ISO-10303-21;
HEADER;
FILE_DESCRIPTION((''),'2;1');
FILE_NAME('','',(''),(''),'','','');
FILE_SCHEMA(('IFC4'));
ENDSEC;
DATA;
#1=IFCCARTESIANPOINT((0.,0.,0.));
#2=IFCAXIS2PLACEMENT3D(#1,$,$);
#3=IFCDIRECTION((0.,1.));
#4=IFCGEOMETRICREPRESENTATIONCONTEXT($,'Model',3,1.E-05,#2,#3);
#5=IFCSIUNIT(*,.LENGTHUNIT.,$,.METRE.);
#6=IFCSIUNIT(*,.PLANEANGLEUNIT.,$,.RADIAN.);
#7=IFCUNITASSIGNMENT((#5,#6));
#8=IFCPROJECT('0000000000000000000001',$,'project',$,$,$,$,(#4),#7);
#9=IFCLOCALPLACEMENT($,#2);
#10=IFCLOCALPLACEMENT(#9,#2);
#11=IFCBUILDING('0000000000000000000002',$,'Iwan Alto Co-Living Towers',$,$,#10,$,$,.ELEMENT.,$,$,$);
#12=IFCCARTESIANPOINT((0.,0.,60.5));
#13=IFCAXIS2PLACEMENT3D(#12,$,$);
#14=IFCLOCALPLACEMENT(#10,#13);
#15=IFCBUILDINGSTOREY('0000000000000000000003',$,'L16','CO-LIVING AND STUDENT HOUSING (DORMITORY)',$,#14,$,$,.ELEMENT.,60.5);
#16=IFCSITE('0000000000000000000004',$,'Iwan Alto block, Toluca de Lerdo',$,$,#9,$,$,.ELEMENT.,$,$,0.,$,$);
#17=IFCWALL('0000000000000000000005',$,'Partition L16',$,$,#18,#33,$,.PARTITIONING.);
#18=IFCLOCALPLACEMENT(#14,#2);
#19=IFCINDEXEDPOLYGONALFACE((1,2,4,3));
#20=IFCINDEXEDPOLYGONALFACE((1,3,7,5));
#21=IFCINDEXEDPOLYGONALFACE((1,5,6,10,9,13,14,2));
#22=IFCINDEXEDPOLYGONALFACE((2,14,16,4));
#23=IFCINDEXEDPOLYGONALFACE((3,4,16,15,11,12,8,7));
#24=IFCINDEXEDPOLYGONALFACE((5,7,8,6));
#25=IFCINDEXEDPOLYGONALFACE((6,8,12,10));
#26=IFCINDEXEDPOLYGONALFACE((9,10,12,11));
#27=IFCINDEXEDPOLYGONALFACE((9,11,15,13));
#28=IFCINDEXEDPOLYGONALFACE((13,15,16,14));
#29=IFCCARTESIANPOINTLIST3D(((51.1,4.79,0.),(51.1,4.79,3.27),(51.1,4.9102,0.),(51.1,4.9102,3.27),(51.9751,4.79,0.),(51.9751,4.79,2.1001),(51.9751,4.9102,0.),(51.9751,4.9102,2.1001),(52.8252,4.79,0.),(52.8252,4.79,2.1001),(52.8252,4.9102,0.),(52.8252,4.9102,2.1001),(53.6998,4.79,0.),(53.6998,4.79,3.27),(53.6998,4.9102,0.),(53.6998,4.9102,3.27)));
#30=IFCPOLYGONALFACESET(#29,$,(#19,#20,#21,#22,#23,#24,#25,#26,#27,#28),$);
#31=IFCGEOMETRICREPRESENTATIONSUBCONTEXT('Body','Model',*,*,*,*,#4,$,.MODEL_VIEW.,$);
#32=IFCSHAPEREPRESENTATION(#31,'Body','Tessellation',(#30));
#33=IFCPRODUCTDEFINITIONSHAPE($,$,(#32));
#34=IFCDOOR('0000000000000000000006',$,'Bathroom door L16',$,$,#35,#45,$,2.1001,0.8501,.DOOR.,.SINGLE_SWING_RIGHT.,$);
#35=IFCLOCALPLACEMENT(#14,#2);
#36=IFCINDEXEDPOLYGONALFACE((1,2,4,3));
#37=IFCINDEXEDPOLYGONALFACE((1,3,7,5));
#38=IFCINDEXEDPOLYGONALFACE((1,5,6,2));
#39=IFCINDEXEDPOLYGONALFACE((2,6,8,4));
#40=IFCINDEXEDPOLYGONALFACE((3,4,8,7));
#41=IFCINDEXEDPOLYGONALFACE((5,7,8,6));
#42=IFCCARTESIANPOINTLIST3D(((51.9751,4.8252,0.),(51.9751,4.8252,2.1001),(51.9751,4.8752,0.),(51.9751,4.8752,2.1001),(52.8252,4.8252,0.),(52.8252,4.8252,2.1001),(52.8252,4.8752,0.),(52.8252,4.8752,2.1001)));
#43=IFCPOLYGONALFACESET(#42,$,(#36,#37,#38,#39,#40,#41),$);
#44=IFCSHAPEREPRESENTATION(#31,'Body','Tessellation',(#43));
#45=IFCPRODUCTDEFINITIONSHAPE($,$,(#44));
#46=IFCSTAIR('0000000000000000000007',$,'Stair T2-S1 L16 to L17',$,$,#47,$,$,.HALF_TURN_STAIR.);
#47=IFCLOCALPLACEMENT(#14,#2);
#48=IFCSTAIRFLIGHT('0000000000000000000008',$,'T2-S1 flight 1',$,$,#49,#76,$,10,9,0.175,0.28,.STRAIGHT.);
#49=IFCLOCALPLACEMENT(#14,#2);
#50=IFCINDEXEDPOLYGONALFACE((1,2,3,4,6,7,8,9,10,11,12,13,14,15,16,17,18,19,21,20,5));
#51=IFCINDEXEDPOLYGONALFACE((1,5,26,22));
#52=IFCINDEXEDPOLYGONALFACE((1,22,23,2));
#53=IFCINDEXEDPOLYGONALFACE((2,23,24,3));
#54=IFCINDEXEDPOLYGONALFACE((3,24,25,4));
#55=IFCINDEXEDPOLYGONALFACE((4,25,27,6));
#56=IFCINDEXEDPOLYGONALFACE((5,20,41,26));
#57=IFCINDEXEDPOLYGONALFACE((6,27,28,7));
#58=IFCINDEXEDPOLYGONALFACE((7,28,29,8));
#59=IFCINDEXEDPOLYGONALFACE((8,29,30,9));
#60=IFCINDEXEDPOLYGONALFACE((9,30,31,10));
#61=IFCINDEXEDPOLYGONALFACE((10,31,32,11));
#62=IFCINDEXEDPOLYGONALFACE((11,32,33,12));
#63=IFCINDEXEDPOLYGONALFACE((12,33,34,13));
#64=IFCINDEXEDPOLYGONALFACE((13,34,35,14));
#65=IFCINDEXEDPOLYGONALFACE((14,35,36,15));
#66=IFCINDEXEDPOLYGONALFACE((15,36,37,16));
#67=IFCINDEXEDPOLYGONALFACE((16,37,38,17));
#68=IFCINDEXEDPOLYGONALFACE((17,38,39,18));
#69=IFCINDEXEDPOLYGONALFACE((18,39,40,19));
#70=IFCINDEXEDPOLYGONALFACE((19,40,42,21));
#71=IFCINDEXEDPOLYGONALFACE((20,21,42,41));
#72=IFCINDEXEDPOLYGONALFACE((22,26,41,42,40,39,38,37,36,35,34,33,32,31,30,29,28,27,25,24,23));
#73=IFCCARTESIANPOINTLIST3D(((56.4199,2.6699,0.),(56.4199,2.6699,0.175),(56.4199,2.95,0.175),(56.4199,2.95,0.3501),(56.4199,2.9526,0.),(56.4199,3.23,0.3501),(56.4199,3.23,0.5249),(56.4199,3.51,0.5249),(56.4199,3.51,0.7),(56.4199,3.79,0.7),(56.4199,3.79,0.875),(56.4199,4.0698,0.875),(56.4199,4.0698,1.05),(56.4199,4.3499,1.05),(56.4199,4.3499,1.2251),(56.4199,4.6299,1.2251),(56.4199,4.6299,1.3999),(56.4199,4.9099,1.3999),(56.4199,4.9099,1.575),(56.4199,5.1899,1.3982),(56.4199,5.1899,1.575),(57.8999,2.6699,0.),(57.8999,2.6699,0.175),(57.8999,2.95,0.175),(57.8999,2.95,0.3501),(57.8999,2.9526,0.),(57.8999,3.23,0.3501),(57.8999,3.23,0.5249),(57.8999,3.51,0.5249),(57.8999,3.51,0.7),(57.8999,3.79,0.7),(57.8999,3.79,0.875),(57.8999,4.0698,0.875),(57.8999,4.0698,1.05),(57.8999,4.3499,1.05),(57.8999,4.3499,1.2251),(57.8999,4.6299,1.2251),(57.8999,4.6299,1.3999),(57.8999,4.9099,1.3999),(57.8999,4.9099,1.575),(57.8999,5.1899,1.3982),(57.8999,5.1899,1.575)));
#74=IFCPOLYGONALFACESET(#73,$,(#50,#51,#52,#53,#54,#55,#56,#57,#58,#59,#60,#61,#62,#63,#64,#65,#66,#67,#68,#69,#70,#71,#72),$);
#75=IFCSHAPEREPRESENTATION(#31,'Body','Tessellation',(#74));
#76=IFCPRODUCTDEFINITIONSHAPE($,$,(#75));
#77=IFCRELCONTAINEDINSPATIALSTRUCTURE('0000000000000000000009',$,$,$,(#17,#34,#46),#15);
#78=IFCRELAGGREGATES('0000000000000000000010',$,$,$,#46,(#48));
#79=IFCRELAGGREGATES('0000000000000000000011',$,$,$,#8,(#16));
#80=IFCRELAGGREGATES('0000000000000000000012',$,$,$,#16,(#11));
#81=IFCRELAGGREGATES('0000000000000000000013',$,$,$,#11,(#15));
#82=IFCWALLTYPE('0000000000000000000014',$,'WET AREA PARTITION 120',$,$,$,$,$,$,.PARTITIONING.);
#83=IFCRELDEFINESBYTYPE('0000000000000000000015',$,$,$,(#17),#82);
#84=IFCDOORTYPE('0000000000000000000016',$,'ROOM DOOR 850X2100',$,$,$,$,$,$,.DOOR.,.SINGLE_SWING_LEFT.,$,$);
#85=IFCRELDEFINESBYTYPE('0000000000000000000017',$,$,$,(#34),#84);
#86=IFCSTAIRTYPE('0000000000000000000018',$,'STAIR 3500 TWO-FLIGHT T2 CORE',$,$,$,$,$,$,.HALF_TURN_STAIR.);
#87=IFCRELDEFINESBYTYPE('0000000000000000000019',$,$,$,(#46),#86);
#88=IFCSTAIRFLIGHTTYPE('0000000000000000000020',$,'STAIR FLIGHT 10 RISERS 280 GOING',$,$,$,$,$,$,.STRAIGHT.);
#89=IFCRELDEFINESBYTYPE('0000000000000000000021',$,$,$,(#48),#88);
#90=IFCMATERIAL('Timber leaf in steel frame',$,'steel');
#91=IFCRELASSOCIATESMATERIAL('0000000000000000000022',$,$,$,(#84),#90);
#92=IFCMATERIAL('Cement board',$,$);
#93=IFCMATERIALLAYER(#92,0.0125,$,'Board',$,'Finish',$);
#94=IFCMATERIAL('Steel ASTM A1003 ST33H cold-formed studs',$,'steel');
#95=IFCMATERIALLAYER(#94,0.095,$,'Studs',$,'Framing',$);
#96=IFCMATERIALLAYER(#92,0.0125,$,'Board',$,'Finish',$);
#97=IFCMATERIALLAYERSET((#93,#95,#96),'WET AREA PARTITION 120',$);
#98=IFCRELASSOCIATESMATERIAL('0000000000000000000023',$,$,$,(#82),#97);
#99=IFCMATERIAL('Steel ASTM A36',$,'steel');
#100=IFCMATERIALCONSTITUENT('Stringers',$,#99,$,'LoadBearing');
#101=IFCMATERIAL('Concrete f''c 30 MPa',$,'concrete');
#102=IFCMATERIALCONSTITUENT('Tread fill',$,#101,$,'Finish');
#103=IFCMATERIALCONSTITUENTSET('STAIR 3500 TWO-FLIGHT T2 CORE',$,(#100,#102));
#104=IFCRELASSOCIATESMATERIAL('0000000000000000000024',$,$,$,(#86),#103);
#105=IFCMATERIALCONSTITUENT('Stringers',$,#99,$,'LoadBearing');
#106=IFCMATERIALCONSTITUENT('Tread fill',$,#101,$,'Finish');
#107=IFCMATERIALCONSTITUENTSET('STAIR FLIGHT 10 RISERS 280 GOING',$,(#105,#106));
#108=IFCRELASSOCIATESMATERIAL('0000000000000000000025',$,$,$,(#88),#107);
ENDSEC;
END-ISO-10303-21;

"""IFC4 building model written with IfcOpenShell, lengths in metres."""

from ifc_helpers import new_model, si_unit, direction, frame, frame_2d, origin, place, context, subcontext, project, spatial, polyline, rectangle, outline, extrude, material, layer, layer_set, constituent, constituent_set, type_object, element, fill, aggregate, save


model = new_model("IFC4")

# Units and contexts
model_context = context("Model", 3, precision=1e-05, world=origin(), true_north=direction((0.0, 1.0)))
body_context = subcontext(model_context, "Body", "Model", "MODEL_VIEW")
ifc_project = project(units=[si_unit("LENGTHUNIT", "METRE"), si_unit("PLANEANGLEUNIT", "RADIAN")], contexts=[model_context])

# Site, building, storey
site_placement = place(None, origin())
site = spatial("IfcSite", under=ifc_project, at=site_placement, Name="Iwan Alto block, Toluca de Lerdo", CompositionType="ELEMENT", RefElevation=0.0)
building_placement = place(site_placement, origin())
building = spatial("IfcBuilding", under=site, at=building_placement, Name="Iwan Alto Co-Living Towers", CompositionType="ELEMENT")
storey_placement = place(building_placement, frame((0.0, 0.0, 60.5)))
storey = spatial("IfcBuildingStorey", under=building, at=storey_placement, Name="L16", Description="CO-LIVING AND STUDENT HOUSING (DORMITORY)", CompositionType="ELEMENT", Elevation=60.5)

# Shared definitions
ifc_material_1 = material(Name="Steel ASTM A1003 ST33H cold-formed studs", Category="steel")

# Shared definitions
ifc_material_2 = material(Name="Timber leaf in steel frame", Category="steel")
door_type_1 = type_object("IfcDoorType", Name="ROOM DOOR 850X2100", OperationType="SINGLE_SWING_LEFT", PredefinedType="DOOR", material=ifc_material_2)

# Wall, opening, door
ifc_material_3 = material(Name="Cement board")
ifc_layer_1 = layer(ifc_material_3, 0.0125, Name="Board", Category="Finish")
ifc_layer_2 = layer(ifc_material_1, 0.095, Name="Studs", Category="Framing")
ifc_layer_3 = layer(ifc_material_3, 0.0125, Name="Board", Category="Finish")
ifc_layer_set_1 = layer_set([ifc_layer_1, ifc_layer_2, ifc_layer_3], Name="WET AREA PARTITION 120")
wall_type_1 = type_object("IfcWallType", Name="WET AREA PARTITION 120", PredefinedType="PARTITIONING", material=ifc_layer_set_1)
wall_1_placement = place(storey_placement, frame((51.1001, 4.8501, 0.0), z_axis=(0.0, 0.0, 1.0), x_axis=(1.0, 0.0, 0.0)))
wall_1 = element("IfcWall", 1, at=wall_1_placement, inside=storey, type_object=wall_type_1, Name="Partition L16", PredefinedType="PARTITIONING", context=body_context, shape_type="SweptSolid", body=[
    extrude(rectangle(XDim=2.5999, YDim=0.1201, at=frame_2d((1.2998, 0.0))), origin(), (0.0, 0.0, 1.0), 3.27),
])
opening_1_placement = place(wall_1_placement, frame((0.875, 0.0, 0.0)))
opening_1 = element("IfcOpeningElement", 2, at=opening_1_placement, cuts=wall_1, PredefinedType="OPENING", context=body_context, shape_type="SweptSolid", body=[
    extrude(rectangle(XDim=0.8501, YDim=2.1001, at=frame_2d((0.425, 1.05))), frame((0.0, 0.0701, 0.0), z_axis=(0.0, -1.0, 0.0), x_axis=(1.0, 0.0, 0.0)), (0.0, 0.0, 1.0), 0.1401),
])
door_1_placement = place(opening_1_placement, frame((0.8501, 0.0, 0.0), z_axis=(0.0, 0.0, 1.0), x_axis=(-1.0, 0.0, 0.0)))
door_1 = element("IfcDoor", 3, at=door_1_placement, inside=storey, type_object=door_type_1, Name="Bathroom door L16", OperationType="SINGLE_SWING_RIGHT", OverallHeight=2.1001, OverallWidth=0.8501, PredefinedType="DOOR", context=body_context, shape_type="SweptSolid", body=[
    extrude(rectangle(XDim=0.8501, YDim=2.1001, at=frame_2d((0.425, 1.05))), frame((0.0, 0.0249, 0.0), z_axis=(0.0, -1.0, 0.0), x_axis=(1.0, 0.0, 0.0)), (0.0, 0.0, 1.0), 0.05),
])
fill(opening_1, door_1)

# Stair, stair flight
ifc_material_4 = material(Name="Steel ASTM A36", Category="steel")
ifc_constituent_1 = constituent(ifc_material_4, Name="Stringers", Category="LoadBearing")
ifc_material_5 = material(Name="Concrete f'c 30 MPa", Category="concrete")
ifc_constituent_2 = constituent(ifc_material_5, Name="Tread fill", Category="Finish")
ifc_constituent_set_1 = constituent_set(constituents=[ifc_constituent_1, ifc_constituent_2], Name="STAIR 3500 TWO-FLIGHT T2 CORE")
stair_type = type_object("IfcStairType", Name="STAIR 3500 TWO-FLIGHT T2 CORE", PredefinedType="HALF_TURN_STAIR", material=ifc_constituent_set_1)
stair_placement = place(storey_placement, origin())
stair = element("IfcStair", 4, at=stair_placement, inside=storey, type_object=stair_type, Name="Stair T2-S1 L16 to L17", PredefinedType="HALF_TURN_STAIR")
ifc_constituent_3 = constituent(ifc_material_4, Name="Stringers", Category="LoadBearing")
ifc_constituent_4 = constituent(ifc_material_5, Name="Tread fill", Category="Finish")
ifc_constituent_set_2 = constituent_set(constituents=[ifc_constituent_3, ifc_constituent_4], Name="STAIR FLIGHT 10 RISERS 280 GOING")
stair_flight_type = type_object("IfcStairFlightType", Name="STAIR FLIGHT 10 RISERS 280 GOING", PredefinedType="STRAIGHT", material=ifc_constituent_set_2)
stair_flight_placement = place(storey_placement, frame((57.1599, 2.6699, 0.0), z_axis=(0.0, 0.0, 1.0), x_axis=(0.0, 1.0, 0.0)))
stair_flight = element("IfcStairFlight", 5, at=stair_flight_placement, type_object=stair_flight_type, Name="T2-S1 flight 1", NumberOfRisers=10, NumberOfTreads=9, PredefinedType="STRAIGHT", RiserHeight=0.175, TreadLength=0.28, context=body_context, shape_type="SweptSolid", body=[
    extrude(outline(polyline([(0.0, 0.0), (0.0, 0.175), (0.28, 0.175), (0.28, 0.3501), (0.5601, 0.3501), (0.5601, 0.5249), (0.8401, 0.5249), (0.8401, 0.7), (1.1201, 0.7), (1.1201, 0.875), (1.3999, 0.875), (1.3999, 1.05), (1.6799, 1.05), (1.6799, 1.2251), (1.96, 1.2251), (1.96, 1.3999), (2.24, 1.3999), (2.24, 1.575), (2.52, 1.575), (2.52, 1.75), (2.52, 1.3982), (0.2827, 0.0), (0.0, 0.0)])), frame((0.0, 0.74, 0.0), z_axis=(0.0, -1.0, 0.0), x_axis=(1.0, 0.0, 0.0)), (0.0, 0.0, 1.0), 1.48),
])
aggregate(stair, [stair_flight])

save(model, "model.ifc")
